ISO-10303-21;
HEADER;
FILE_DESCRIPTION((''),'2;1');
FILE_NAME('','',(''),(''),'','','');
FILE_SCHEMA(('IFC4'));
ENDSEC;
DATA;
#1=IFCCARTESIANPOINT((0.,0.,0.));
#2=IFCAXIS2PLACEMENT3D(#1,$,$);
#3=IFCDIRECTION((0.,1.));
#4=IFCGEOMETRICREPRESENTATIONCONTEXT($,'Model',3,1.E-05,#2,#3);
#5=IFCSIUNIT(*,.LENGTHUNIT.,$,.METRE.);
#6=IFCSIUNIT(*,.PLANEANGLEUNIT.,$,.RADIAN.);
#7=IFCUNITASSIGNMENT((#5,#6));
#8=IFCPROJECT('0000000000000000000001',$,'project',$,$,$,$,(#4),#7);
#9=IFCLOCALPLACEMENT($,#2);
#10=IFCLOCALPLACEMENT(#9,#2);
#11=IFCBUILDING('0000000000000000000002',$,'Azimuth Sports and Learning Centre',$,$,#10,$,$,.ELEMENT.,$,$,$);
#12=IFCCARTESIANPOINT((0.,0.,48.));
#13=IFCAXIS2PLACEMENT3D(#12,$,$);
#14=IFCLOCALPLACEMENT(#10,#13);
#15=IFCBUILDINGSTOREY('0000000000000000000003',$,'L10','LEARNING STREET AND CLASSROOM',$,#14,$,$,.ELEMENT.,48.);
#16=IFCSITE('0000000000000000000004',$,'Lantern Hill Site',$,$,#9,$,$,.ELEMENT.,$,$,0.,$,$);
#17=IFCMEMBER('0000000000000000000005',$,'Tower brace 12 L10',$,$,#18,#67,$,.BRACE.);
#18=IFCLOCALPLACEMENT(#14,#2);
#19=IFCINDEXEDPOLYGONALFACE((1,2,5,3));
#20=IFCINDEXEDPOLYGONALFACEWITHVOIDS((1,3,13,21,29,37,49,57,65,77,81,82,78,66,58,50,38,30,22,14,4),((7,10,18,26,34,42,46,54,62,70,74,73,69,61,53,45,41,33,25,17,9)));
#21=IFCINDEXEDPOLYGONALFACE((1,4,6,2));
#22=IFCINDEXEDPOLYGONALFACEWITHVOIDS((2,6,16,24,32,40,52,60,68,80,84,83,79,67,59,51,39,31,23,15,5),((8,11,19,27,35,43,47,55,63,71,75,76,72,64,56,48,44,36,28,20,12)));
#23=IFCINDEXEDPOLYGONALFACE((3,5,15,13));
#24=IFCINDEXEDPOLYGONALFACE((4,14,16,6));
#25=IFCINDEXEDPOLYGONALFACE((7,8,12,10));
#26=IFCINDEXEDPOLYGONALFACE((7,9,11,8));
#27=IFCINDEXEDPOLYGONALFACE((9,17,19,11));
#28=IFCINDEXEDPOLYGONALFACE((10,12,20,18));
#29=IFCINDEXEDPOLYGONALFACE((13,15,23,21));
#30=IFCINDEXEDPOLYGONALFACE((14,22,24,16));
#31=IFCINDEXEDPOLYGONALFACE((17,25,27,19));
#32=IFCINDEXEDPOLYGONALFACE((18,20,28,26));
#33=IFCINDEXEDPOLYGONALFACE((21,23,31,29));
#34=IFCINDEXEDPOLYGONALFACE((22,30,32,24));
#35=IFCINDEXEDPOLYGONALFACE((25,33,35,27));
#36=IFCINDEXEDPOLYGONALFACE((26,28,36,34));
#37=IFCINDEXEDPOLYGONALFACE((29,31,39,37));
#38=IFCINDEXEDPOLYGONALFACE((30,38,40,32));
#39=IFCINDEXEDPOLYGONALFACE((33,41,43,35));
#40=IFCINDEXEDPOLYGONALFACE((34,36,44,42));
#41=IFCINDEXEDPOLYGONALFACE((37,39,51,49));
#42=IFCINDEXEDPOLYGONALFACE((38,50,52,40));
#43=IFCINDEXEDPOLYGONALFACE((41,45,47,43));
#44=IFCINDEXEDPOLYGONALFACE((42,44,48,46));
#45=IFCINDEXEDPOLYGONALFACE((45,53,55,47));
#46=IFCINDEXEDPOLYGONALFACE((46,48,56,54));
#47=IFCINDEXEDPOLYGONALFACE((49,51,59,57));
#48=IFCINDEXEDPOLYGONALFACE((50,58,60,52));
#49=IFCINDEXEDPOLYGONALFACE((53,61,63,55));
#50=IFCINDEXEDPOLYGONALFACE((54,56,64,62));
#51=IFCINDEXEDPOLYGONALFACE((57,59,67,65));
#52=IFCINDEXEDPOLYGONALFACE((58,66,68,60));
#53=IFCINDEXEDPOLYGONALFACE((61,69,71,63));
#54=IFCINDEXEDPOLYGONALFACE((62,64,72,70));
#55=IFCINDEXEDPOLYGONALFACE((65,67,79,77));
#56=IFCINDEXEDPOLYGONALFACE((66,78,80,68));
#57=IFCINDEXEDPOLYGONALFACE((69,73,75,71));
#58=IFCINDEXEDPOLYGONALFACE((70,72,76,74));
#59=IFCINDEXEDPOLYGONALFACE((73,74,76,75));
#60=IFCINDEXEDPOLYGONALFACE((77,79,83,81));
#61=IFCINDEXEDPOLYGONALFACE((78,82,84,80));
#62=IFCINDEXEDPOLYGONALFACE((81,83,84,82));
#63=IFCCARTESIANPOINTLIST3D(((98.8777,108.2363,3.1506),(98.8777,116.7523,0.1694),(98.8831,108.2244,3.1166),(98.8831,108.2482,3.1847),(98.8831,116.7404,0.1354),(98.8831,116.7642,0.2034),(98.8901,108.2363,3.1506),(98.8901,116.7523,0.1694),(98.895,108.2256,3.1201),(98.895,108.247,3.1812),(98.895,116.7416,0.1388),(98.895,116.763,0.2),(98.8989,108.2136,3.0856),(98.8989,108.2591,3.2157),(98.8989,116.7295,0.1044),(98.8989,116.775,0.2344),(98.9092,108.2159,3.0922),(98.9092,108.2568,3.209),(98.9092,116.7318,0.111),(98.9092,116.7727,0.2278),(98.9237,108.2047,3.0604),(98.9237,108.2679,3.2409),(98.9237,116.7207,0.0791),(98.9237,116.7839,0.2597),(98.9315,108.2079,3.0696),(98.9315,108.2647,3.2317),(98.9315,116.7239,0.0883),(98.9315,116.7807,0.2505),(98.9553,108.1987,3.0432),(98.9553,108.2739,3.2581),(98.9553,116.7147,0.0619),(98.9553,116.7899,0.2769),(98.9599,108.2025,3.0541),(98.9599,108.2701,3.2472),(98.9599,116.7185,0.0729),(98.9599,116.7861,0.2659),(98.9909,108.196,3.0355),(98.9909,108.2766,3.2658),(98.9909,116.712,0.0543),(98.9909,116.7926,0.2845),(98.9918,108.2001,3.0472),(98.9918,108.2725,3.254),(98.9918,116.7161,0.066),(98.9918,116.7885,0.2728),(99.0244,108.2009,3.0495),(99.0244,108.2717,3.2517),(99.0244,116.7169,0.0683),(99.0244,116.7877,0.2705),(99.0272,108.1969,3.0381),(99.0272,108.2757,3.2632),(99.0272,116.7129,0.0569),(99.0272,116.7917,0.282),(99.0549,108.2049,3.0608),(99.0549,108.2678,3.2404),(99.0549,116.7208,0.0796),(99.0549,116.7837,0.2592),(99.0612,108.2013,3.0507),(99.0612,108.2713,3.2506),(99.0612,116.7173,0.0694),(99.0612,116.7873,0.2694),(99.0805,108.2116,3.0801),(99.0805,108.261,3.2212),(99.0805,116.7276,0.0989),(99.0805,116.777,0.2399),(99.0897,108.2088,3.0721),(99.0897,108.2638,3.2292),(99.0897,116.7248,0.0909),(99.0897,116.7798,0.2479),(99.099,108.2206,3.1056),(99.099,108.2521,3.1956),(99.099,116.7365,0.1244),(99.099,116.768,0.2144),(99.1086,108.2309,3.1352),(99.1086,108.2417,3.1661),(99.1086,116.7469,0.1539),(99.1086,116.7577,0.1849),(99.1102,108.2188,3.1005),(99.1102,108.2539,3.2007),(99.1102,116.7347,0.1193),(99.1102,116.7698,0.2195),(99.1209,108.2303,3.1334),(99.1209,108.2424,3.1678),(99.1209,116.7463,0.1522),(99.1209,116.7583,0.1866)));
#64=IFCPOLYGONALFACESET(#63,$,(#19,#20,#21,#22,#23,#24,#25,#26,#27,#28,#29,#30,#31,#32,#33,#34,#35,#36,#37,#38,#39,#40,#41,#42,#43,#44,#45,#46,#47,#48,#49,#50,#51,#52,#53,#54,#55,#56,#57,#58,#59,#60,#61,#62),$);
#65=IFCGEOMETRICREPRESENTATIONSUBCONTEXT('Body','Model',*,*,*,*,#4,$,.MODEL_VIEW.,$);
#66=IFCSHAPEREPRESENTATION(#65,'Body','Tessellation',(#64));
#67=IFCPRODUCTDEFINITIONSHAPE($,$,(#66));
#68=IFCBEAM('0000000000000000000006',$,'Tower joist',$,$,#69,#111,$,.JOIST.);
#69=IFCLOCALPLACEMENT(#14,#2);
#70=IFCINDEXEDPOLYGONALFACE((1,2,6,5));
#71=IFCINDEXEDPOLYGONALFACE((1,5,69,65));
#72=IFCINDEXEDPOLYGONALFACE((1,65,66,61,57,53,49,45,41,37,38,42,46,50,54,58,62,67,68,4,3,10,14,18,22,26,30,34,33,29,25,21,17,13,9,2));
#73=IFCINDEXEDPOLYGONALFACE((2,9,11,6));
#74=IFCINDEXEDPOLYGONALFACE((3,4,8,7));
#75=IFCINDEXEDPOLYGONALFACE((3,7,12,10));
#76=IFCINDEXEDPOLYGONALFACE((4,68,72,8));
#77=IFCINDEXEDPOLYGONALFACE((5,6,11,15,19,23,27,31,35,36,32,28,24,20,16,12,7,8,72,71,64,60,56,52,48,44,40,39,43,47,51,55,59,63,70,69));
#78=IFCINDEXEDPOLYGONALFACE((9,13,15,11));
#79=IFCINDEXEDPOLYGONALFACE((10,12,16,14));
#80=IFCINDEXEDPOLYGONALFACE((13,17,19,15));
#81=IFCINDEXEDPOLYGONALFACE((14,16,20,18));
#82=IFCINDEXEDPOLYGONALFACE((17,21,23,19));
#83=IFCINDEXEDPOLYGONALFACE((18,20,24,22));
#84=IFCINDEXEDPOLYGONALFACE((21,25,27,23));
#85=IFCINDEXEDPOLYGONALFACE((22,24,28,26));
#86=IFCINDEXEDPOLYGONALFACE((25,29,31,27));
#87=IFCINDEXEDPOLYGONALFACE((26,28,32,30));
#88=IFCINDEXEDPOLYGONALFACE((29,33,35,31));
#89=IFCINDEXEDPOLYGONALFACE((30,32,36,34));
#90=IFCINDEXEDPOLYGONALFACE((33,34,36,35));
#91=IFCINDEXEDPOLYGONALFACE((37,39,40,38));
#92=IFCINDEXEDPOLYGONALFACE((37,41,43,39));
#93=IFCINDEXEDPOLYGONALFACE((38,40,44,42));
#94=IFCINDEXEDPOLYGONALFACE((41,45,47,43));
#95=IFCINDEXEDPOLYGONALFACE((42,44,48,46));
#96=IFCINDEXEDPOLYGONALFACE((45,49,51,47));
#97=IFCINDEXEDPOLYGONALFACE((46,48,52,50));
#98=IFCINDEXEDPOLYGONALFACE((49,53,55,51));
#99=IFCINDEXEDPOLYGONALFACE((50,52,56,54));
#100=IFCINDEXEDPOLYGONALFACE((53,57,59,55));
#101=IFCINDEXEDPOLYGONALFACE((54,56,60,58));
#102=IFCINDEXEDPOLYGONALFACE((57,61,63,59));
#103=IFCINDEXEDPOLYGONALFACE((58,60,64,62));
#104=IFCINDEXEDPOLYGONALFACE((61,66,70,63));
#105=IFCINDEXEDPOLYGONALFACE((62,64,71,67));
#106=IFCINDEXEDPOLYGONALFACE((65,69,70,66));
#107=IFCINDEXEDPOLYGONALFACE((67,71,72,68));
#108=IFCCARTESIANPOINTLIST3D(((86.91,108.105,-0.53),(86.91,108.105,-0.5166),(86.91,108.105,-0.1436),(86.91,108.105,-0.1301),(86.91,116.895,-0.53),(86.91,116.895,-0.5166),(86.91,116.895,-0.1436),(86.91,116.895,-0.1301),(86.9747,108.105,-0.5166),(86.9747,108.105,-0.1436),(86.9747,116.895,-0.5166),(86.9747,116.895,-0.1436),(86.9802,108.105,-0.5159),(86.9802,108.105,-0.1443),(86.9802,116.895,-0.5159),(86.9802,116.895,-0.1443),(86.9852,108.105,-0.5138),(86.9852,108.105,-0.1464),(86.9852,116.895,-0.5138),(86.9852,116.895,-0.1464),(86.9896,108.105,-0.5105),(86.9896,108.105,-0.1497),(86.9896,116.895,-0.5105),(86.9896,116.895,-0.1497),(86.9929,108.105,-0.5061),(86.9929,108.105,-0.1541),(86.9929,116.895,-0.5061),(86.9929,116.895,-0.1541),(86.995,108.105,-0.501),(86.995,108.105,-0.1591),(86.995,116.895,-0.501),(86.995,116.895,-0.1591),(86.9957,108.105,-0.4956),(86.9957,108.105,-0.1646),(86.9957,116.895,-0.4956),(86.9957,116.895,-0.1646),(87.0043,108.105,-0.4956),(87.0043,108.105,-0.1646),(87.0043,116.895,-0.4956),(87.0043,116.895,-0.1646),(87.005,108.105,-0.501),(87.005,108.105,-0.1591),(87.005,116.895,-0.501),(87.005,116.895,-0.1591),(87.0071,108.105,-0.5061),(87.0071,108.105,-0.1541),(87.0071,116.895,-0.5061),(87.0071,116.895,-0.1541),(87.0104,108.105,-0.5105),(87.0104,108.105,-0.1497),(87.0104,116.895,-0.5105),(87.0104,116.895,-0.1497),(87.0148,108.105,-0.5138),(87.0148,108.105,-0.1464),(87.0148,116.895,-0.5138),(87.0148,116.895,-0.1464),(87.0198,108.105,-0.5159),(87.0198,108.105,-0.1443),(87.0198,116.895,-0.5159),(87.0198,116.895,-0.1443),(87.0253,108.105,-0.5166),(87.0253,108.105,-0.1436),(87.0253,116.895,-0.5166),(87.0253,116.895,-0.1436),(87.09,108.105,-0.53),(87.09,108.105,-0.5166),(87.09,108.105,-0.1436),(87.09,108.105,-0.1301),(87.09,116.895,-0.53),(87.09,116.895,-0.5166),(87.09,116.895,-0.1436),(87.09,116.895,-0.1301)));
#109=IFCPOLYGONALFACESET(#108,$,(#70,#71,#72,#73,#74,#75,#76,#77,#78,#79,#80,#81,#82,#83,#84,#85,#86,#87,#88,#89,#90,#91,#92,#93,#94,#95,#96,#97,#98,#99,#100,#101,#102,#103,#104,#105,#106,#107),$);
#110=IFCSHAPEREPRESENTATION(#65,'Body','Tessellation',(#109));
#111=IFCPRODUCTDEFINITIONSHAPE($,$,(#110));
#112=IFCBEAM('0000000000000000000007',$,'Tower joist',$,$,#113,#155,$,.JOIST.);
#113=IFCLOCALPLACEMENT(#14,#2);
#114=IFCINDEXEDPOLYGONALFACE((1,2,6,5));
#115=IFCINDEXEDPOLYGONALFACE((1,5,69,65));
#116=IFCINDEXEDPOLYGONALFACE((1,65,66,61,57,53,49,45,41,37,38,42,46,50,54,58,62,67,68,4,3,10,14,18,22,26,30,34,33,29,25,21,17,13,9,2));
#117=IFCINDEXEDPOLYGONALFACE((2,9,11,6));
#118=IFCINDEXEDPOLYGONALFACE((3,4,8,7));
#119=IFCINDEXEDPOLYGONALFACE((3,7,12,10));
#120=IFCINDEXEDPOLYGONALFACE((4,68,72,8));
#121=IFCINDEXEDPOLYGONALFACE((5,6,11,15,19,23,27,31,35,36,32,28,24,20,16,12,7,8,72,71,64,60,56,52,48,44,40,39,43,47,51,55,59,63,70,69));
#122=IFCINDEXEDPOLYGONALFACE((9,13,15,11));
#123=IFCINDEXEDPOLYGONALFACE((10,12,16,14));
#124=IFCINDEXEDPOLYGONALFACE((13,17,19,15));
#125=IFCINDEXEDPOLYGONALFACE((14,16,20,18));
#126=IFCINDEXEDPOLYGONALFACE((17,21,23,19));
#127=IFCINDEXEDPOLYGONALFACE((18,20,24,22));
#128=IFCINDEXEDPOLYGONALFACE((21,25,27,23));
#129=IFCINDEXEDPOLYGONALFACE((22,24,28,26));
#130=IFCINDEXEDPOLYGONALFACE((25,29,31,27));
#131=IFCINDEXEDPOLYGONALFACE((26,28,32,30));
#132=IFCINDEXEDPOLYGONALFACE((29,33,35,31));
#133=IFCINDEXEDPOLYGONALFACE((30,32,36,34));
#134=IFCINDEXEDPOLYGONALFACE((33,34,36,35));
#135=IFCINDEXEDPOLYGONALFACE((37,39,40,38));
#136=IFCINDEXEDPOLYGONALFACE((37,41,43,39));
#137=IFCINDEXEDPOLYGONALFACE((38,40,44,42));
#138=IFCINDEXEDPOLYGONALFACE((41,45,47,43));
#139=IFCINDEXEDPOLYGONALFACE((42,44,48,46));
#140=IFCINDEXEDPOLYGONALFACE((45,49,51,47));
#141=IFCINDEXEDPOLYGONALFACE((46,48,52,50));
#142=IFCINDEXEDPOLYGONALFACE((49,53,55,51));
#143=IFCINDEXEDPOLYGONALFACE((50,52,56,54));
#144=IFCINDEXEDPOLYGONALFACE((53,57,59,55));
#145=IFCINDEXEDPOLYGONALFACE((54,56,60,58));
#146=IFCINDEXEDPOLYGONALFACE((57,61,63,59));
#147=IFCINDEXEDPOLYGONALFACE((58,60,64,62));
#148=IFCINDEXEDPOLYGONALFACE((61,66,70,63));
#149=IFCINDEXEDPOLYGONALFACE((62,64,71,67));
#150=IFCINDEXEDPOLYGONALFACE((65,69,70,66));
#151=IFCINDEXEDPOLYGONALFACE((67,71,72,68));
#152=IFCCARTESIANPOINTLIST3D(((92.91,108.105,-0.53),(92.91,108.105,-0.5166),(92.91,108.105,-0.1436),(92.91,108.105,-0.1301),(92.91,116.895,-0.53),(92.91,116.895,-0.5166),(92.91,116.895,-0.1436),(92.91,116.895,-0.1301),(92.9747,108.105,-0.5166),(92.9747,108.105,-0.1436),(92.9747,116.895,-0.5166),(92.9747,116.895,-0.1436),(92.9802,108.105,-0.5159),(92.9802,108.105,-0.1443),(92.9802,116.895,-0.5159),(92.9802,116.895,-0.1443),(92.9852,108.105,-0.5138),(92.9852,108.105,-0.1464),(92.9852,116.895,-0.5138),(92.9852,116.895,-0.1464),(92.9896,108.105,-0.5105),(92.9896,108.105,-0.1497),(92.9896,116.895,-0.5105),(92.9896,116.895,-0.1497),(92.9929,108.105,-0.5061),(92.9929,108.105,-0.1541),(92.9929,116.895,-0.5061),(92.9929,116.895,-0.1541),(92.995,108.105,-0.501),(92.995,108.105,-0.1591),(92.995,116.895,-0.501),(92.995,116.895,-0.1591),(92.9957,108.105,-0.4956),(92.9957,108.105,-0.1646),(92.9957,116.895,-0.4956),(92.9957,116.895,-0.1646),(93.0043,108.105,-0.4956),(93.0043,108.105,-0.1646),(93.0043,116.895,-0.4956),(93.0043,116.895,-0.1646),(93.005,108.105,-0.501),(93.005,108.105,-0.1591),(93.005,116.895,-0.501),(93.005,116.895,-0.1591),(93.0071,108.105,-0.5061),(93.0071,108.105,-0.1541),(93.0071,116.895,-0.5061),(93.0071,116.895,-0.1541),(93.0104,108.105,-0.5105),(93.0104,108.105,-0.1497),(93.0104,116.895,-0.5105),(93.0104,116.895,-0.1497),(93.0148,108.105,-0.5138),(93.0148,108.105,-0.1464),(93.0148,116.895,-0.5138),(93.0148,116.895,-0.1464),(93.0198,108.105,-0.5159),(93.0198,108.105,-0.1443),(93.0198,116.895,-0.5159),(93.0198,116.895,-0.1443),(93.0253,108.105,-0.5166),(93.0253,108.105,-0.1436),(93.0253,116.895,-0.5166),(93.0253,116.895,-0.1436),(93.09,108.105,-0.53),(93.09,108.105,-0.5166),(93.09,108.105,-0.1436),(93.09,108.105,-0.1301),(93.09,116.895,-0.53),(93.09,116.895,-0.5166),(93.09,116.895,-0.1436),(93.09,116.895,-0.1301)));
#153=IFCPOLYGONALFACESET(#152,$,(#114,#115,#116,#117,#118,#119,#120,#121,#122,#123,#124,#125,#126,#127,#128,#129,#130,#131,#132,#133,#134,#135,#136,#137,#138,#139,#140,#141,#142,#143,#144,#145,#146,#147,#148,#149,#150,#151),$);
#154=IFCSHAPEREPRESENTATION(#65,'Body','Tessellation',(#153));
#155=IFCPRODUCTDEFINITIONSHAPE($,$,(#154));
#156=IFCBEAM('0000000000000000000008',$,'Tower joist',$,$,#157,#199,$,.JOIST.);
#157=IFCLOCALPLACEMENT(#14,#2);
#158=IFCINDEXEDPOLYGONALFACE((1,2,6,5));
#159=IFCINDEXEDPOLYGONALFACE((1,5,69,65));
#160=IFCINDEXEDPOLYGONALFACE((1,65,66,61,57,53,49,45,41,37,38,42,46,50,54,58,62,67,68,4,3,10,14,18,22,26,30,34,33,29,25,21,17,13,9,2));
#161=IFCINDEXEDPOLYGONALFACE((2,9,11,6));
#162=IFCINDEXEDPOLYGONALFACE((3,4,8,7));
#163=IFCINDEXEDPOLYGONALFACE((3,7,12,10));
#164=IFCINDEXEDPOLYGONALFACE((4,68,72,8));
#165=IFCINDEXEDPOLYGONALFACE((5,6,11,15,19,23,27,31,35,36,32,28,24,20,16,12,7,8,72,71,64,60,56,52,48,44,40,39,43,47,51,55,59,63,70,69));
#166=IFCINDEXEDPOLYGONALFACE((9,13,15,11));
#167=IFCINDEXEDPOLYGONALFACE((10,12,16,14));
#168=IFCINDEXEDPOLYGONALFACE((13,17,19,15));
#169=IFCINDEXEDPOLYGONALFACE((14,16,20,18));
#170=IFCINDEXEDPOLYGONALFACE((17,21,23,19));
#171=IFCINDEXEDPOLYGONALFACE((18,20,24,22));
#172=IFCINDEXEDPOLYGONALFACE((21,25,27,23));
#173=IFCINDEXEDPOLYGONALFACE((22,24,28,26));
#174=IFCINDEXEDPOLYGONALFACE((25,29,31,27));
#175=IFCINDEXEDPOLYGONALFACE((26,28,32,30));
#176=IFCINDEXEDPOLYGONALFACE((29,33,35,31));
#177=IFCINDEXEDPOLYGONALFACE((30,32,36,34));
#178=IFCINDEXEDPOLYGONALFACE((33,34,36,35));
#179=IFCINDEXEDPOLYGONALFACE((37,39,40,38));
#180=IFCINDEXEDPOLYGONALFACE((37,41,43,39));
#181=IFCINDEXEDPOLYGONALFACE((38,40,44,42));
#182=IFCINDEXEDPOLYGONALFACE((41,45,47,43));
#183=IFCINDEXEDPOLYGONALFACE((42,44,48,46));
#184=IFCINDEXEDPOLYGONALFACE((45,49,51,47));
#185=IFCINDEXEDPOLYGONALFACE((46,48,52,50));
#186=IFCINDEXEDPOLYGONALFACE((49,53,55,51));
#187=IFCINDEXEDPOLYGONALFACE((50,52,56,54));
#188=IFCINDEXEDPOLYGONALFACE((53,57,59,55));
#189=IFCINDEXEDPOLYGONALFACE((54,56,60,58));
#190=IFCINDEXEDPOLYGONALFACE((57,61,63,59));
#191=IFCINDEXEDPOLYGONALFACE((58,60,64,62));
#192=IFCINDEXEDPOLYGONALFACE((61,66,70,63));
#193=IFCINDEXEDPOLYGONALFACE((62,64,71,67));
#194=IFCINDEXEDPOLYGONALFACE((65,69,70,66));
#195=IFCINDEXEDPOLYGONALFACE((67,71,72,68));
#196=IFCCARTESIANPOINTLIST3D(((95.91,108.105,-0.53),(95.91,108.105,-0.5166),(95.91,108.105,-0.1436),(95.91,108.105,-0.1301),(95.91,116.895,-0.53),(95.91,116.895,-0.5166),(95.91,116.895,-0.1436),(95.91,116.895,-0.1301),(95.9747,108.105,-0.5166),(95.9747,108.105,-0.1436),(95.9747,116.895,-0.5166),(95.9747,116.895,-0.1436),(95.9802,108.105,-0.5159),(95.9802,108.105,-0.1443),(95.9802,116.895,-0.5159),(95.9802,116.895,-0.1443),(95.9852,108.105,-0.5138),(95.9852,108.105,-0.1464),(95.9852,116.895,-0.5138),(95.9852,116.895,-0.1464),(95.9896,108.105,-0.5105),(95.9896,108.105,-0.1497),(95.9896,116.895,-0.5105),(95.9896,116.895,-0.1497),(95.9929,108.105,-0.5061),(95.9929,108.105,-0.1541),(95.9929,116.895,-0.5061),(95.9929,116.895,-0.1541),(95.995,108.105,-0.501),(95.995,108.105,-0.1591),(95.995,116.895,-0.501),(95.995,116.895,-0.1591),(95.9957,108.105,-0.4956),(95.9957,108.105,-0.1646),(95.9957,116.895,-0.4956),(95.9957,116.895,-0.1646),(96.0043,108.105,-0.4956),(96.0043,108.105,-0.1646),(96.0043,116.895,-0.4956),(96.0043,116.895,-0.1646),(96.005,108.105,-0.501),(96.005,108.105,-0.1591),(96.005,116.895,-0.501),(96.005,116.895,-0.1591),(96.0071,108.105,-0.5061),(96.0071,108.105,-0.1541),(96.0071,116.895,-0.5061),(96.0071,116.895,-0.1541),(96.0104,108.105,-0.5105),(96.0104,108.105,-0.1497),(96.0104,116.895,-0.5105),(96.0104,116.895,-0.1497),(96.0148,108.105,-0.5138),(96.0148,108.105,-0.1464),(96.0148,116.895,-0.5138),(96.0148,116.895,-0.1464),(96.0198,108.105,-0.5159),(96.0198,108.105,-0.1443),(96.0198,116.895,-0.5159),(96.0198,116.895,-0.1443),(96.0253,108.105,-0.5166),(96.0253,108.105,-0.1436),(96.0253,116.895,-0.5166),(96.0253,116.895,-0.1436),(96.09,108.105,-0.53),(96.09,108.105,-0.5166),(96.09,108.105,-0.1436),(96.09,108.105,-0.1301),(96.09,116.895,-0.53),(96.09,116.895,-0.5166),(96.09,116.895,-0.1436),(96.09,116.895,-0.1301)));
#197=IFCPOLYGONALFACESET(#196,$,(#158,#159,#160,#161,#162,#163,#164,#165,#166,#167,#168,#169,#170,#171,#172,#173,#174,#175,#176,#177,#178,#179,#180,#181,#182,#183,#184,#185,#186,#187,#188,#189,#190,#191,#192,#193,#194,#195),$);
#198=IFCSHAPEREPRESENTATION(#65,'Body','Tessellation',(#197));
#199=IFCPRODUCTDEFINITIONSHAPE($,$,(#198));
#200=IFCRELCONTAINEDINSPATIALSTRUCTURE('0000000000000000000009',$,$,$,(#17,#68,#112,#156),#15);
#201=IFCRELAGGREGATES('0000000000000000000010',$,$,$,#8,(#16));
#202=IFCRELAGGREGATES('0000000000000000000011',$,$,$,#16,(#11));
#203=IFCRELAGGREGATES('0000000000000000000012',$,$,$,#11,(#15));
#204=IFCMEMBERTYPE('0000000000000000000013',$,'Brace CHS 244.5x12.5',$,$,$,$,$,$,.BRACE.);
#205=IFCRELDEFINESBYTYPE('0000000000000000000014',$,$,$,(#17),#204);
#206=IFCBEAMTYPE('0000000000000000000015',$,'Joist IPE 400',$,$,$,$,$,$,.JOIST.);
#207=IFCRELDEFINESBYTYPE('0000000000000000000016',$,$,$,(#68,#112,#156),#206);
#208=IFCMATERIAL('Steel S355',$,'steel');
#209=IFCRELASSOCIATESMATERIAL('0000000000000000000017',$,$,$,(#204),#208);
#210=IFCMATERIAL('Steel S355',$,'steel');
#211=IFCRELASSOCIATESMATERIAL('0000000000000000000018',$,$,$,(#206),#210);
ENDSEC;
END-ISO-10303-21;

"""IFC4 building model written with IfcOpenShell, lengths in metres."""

from ifc_helpers import new_model, si_unit, direction, frame, origin, origin_2d, place, context, subcontext, project, spatial, hollow_circle, i_section, extrude, material, material_profile, profile_set, type_object, element, save


model = new_model("IFC4")

# Units and contexts
model_context = context("Model", 3, precision=1e-05, world=origin(), true_north=direction((0.0, 1.0)))
body_context = subcontext(model_context, "Body", "Model", "MODEL_VIEW")
ifc_project = project(units=[si_unit("LENGTHUNIT", "METRE"), si_unit("PLANEANGLEUNIT", "RADIAN")], contexts=[model_context])

# Site, building, storey
site_placement = place(None, origin())
site = spatial("IfcSite", under=ifc_project, at=site_placement, Name="Lantern Hill Site", CompositionType="ELEMENT", RefElevation=0.0)
building_placement = place(site_placement, origin())
building = spatial("IfcBuilding", under=site, at=building_placement, Name="Azimuth Sports and Learning Centre", CompositionType="ELEMENT")
storey_placement = place(building_placement, frame((0.0, 0.0, 48.0)))
storey = spatial("IfcBuildingStorey", under=building, at=storey_placement, Name="L10", Description="LEARNING STREET AND CLASSROOM", CompositionType="ELEMENT", Elevation=48.0)

# Member
ifc_material_1 = material(Name="Steel S355", Category="steel")
ifc_material_profile_1 = material_profile(ifc_material_1, hollow_circle(Radius=0.1223, WallThickness=0.0125, at=origin_2d()), Name="CHS 244.5x12.5")
ifc_profile_set_1 = profile_set([ifc_material_profile_1], Name="Steel S355")
member_type = type_object("IfcMemberType", Name="Brace CHS 244.5x12.5", PredefinedType="BRACE", material=ifc_profile_set_1)
member_placement = place(storey_placement, frame((99.0, 108.2363, 3.1506), z_axis=(0.0, 0.943836, -0.330414), x_axis=(-1.0, 0.0, 0.0)))
element("IfcMember", 1, at=member_placement, inside=storey, type_object=member_type, Name="Tower brace 12 L10", PredefinedType="BRACE", context=body_context, shape_type="SweptSolid", body=[
    extrude(hollow_circle(Radius=0.1223, WallThickness=0.0125, at=origin_2d()), origin(), (0.0, 0.0, 1.0), 9.0227),
])

# Beams
ifc_material_2 = material(Name="Steel S355", Category="steel")
ifc_material_profile_2 = material_profile(ifc_material_2, i_section(OverallWidth=0.1799, OverallDepth=0.3999, WebThickness=0.0085, FlangeThickness=0.0134, FilletRadius=0.021, at=origin_2d()), Name="IPE 400")
ifc_profile_set_2 = profile_set([ifc_material_profile_2], Name="Steel S355")
beam_type_1 = type_object("IfcBeamType", Name="Joist IPE 400", PredefinedType="JOIST", material=ifc_profile_set_2)
for number, where, z_axis, x_axis, name in (
    (2, (87.0, 108.105, -0.3301), (0.0, 1.0, 0.0), (-1.0, 0.0, 0.0), "Tower joist"),
    (3, (93.0, 108.105, -0.3301), (0.0, 1.0, 0.0), (-1.0, 0.0, 0.0), "Tower joist"),
    (4, (96.0, 108.105, -0.3301), (0.0, 1.0, 0.0), (-1.0, 0.0, 0.0), "Tower joist"),
):
    element("IfcBeam", number, at=place(storey_placement, frame(where, z_axis=z_axis, x_axis=x_axis)), inside=storey, type_object=beam_type_1, Name=name, PredefinedType="JOIST", context=body_context, shape_type="SweptSolid", body=[
        extrude(i_section(OverallWidth=0.1799, OverallDepth=0.3999, WebThickness=0.0085, FlangeThickness=0.0134, FilletRadius=0.021, at=origin_2d()), origin(), (0.0, 0.0, 1.0), 8.79),
    ])

save(model, "model.ifc")
